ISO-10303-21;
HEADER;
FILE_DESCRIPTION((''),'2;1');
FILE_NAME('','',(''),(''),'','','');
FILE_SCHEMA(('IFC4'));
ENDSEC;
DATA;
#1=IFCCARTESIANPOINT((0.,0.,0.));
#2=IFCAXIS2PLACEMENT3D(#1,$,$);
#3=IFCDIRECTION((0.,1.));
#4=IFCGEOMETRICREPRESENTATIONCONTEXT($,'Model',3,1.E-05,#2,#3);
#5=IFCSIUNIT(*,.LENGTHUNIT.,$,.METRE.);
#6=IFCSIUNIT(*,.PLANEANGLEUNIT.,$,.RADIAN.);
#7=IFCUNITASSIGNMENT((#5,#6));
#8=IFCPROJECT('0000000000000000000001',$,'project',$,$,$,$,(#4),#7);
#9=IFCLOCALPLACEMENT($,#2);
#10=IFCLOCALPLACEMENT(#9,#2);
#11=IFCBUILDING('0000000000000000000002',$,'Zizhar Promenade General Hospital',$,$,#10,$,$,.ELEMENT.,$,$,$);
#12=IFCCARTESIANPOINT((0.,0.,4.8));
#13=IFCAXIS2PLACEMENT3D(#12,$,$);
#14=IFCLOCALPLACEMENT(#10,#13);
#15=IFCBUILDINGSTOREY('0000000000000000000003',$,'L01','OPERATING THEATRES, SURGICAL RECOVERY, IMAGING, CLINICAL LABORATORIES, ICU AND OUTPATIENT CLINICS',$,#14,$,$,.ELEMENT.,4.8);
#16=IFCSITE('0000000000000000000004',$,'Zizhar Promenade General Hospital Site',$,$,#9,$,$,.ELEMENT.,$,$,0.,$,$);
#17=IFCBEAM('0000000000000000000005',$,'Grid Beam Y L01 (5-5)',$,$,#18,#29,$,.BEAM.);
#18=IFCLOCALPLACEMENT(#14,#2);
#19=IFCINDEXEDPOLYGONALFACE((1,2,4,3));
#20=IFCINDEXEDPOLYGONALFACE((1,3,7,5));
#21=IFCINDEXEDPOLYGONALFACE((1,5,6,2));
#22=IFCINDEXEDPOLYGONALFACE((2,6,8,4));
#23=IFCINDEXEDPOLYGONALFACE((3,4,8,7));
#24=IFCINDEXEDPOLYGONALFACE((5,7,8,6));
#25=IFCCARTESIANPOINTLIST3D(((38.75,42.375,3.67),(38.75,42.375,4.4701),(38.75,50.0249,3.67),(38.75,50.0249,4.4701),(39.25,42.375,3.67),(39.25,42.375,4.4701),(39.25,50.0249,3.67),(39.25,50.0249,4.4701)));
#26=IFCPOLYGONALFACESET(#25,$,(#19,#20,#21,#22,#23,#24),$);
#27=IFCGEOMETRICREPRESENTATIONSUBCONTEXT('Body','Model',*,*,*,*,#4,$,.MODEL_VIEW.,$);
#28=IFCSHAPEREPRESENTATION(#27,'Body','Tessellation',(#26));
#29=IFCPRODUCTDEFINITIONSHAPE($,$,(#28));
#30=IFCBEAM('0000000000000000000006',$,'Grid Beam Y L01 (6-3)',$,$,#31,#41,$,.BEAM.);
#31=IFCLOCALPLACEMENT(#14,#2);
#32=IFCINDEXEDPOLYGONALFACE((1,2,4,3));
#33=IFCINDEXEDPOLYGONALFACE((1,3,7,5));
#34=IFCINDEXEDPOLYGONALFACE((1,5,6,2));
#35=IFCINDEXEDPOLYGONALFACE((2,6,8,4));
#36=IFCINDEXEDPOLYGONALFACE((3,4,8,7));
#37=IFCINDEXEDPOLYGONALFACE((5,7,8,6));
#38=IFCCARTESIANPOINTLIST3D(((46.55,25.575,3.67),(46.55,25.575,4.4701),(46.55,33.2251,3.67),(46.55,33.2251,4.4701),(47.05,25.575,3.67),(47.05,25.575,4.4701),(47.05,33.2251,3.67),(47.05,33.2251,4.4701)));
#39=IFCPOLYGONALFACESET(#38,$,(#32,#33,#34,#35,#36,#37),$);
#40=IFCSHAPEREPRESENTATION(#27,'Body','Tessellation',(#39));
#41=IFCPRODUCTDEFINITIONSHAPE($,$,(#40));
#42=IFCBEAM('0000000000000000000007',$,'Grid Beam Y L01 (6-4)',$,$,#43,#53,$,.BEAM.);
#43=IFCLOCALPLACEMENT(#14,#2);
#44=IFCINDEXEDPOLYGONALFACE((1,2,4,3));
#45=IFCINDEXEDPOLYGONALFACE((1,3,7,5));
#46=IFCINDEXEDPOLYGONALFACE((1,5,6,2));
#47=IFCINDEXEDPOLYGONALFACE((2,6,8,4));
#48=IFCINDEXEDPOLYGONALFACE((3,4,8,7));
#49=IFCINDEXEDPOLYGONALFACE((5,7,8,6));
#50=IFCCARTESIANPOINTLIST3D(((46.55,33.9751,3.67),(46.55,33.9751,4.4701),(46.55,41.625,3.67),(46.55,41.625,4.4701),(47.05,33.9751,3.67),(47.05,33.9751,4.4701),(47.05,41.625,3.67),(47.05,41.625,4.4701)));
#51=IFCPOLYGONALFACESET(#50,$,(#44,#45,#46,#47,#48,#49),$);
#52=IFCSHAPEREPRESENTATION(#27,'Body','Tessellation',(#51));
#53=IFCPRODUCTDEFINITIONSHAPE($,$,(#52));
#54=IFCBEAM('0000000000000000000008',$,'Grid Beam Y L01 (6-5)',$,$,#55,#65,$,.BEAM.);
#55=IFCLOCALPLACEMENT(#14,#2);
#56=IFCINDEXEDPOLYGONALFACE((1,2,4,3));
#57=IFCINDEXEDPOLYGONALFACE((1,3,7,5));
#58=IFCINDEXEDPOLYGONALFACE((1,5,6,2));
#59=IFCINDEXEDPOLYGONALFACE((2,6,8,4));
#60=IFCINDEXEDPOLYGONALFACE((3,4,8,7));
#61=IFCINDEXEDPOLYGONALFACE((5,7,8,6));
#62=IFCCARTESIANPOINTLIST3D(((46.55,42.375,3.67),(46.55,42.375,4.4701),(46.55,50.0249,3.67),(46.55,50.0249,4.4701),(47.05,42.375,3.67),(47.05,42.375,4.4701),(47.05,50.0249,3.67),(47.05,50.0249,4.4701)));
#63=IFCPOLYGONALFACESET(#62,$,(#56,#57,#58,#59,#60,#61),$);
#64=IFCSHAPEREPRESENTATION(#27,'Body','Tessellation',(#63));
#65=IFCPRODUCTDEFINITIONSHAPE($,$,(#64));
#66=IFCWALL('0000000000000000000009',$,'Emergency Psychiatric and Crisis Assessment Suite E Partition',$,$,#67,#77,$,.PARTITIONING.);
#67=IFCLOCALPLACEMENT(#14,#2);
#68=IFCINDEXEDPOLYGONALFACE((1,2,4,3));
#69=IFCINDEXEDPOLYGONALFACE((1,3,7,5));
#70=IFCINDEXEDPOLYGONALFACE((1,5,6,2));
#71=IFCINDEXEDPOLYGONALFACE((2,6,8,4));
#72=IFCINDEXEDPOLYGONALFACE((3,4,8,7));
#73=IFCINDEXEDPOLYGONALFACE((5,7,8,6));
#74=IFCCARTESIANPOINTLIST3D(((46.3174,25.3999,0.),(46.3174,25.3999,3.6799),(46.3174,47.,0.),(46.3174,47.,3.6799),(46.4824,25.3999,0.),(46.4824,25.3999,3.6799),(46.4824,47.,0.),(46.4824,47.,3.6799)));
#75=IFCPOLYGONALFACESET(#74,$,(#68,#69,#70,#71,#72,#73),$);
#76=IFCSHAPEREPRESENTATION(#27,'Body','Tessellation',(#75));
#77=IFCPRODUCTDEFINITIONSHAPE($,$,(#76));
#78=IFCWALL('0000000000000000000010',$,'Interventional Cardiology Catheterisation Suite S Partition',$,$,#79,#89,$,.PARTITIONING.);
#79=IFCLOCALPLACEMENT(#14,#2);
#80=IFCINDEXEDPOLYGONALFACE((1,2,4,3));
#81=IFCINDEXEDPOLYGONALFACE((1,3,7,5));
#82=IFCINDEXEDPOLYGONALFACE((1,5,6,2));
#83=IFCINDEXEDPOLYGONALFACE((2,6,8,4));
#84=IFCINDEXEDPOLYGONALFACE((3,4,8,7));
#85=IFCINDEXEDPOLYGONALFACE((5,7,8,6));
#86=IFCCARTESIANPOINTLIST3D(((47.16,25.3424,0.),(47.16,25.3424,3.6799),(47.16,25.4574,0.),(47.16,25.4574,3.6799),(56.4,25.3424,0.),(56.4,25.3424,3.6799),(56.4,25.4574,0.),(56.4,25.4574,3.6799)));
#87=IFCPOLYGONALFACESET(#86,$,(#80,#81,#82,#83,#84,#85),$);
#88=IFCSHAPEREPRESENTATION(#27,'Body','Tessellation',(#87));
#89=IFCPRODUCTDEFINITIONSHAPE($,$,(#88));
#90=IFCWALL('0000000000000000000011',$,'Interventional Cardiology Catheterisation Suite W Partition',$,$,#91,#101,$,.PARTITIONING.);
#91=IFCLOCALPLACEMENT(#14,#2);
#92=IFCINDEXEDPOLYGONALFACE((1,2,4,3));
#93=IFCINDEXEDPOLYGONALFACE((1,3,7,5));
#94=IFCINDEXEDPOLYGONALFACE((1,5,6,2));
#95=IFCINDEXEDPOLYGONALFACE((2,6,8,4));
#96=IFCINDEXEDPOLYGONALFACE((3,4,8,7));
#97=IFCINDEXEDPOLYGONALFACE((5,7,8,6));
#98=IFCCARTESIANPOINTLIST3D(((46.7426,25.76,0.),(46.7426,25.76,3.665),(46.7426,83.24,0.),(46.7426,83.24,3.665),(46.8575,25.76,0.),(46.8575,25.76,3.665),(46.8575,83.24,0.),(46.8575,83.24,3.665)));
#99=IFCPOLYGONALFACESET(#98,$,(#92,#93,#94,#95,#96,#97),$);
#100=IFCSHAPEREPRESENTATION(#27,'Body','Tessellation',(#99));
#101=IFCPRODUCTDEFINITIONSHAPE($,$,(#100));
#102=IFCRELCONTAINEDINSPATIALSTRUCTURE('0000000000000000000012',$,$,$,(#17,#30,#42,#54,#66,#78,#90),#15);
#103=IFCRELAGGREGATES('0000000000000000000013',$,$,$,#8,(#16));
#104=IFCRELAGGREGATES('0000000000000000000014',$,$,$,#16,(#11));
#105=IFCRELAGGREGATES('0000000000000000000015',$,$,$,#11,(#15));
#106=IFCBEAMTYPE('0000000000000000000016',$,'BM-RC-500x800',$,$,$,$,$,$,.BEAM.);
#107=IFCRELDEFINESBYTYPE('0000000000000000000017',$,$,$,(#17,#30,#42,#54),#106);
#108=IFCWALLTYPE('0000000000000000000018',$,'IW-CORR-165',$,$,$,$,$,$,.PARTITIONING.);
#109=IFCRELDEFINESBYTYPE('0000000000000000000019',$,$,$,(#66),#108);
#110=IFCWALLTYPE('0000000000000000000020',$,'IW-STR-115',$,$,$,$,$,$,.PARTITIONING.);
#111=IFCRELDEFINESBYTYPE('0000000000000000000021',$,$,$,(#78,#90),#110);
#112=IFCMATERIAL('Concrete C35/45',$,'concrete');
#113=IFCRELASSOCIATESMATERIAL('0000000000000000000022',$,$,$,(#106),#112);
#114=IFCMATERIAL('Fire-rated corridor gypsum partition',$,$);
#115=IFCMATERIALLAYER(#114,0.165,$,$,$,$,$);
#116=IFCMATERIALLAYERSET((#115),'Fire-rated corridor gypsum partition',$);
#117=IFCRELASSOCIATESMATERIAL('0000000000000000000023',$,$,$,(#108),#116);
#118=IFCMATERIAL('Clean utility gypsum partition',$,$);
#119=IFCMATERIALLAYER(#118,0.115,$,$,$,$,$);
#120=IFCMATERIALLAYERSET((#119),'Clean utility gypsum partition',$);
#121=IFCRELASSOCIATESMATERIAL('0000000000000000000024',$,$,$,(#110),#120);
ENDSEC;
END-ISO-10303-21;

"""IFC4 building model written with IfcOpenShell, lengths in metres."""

from ifc_helpers import new_model, si_unit, direction, frame, frame_2d, origin, origin_2d, place, context, subcontext, project, spatial, rectangle, extrude, material, layer, layer_set, material_profile, profile_set, type_object, element, save


model = new_model("IFC4")

# Units and contexts
model_context = context("Model", 3, precision=1e-05, world=origin(), true_north=direction((0.0, 1.0)))
body_context = subcontext(model_context, "Body", "Model", "MODEL_VIEW")
ifc_project = project(units=[si_unit("LENGTHUNIT", "METRE"), si_unit("PLANEANGLEUNIT", "RADIAN")], contexts=[model_context])

# Site, building, storey
site_placement = place(None, origin())
site = spatial("IfcSite", under=ifc_project, at=site_placement, Name="Zizhar Promenade General Hospital Site", CompositionType="ELEMENT", RefElevation=0.0)
building_placement = place(site_placement, origin())
building = spatial("IfcBuilding", under=site, at=building_placement, Name="Zizhar Promenade General Hospital", CompositionType="ELEMENT")
storey_placement = place(building_placement, frame((0.0, 0.0, 4.8)))
storey = spatial("IfcBuildingStorey", under=building, at=storey_placement, Name="L01", Description="OPERATING THEATRES, SURGICAL RECOVERY, IMAGING, CLINICAL LABORATORIES, ICU AND OUTPATIENT CLINICS", CompositionType="ELEMENT", Elevation=4.8)

# Beams
ifc_material_1 = material(Name="Concrete C35/45", Category="concrete")
ifc_material_profile_1 = material_profile(ifc_material_1, rectangle(XDim=0.5, YDim=0.8, at=origin_2d()))
ifc_profile_set_1 = profile_set([ifc_material_profile_1], Name="Concrete C35/45")
beam_type_1 = type_object("IfcBeamType", Name="BM-RC-500x800", PredefinedType="BEAM", material=ifc_profile_set_1)
for number, where, z_axis, x_axis, name in (
    (1, (39.0, 42.375, 4.0701), (0.0, 1.0, 0.0), (-1.0, 0.0, 0.0), "Grid Beam Y L01 (5-5)"),
):
    element("IfcBeam", number, at=place(storey_placement, frame(where, z_axis=z_axis, x_axis=x_axis)), inside=storey, type_object=beam_type_1, Name=name, PredefinedType="BEAM", context=body_context, shape_type="SweptSolid", body=[
        extrude(rectangle(XDim=0.5, YDim=0.8, at=origin_2d()), origin(), (0.0, 0.0, 1.0), 7.6499),
    ])
beam_1_placement = place(storey_placement, frame((46.8, 25.575, 4.0701), z_axis=(0.0, 1.0, 0.0), x_axis=(-1.0, 0.0, 0.0)))
element("IfcBeam", 2, at=beam_1_placement, inside=storey, type_object=beam_type_1, Name="Grid Beam Y L01 (6-3)", PredefinedType="BEAM", context=body_context, shape_type="SweptSolid", body=[
    extrude(rectangle(XDim=0.5, YDim=0.8, at=origin_2d()), origin(), (0.0, 0.0, 1.0), 7.6501),
])
for number, where, z_axis, x_axis, name in (
    (3, (46.8, 33.9751, 4.0701), (0.0, 1.0, 0.0), (-1.0, 0.0, 0.0), "Grid Beam Y L01 (6-4)"),
    (4, (46.8, 42.375, 4.0701), (0.0, 1.0, 0.0), (-1.0, 0.0, 0.0), "Grid Beam Y L01 (6-5)"),
):
    element("IfcBeam", number, at=place(storey_placement, frame(where, z_axis=z_axis, x_axis=x_axis)), inside=storey, type_object=beam_type_1, Name=name, PredefinedType="BEAM", context=body_context, shape_type="SweptSolid", body=[
        extrude(rectangle(XDim=0.5, YDim=0.8, at=origin_2d()), origin(), (0.0, 0.0, 1.0), 7.6499),
    ])

# Walls
ifc_material_2 = material(Name="Fire-rated corridor gypsum partition")
ifc_layer_1 = layer(ifc_material_2, 0.165)
ifc_layer_set_1 = layer_set([ifc_layer_1], Name="Fire-rated corridor gypsum partition")
wall_type_1 = type_object("IfcWallType", Name="IW-CORR-165", PredefinedType="PARTITIONING", material=ifc_layer_set_1)
wall_1_placement = place(storey_placement, frame((46.3999, 25.3999, 0.0), z_axis=(0.0, 0.0, 1.0), x_axis=(0.0, 1.0, 0.0)))
element("IfcWall", 5, at=wall_1_placement, inside=storey, type_object=wall_type_1, Name="Emergency Psychiatric and Crisis Assessment Suite E Partition", PredefinedType="PARTITIONING", context=body_context, shape_type="SweptSolid", body=[
    extrude(rectangle(XDim=21.6001, YDim=0.165, at=frame_2d((10.8, 0.0))), origin(), (0.0, 0.0, 1.0), 3.6799),
])
ifc_material_3 = material(Name="Clean utility gypsum partition")
ifc_layer_2 = layer(ifc_material_3, 0.115)
ifc_layer_set_2 = layer_set([ifc_layer_2], Name="Clean utility gypsum partition")
wall_type_2 = type_object("IfcWallType", Name="IW-STR-115", PredefinedType="PARTITIONING", material=ifc_layer_set_2)
wall_2_placement = place(storey_placement, frame((47.1599, 25.3999, 0.0), z_axis=(0.0, 0.0, 1.0), x_axis=(1.0, 0.0, 0.0)))
element("IfcWall", 6, at=wall_2_placement, inside=storey, type_object=wall_type_2, Name="Interventional Cardiology Catheterisation Suite S Partition", PredefinedType="PARTITIONING", context=body_context, shape_type="SweptSolid", body=[
    extrude(rectangle(XDim=9.24, YDim=0.115, at=frame_2d((4.6201, 0.0))), origin(), (0.0, 0.0, 1.0), 3.6799),
])
wall_3_placement = place(storey_placement, frame((46.8, 25.76, 0.0), z_axis=(0.0, 0.0, 1.0), x_axis=(0.0, 1.0, 0.0)))
element("IfcWall", 7, at=wall_3_placement, inside=storey, type_object=wall_type_2, Name="Interventional Cardiology Catheterisation Suite W Partition", PredefinedType="PARTITIONING", context=body_context, shape_type="SweptSolid", body=[
    extrude(rectangle(XDim=57.48, YDim=0.115, at=frame_2d((28.74, 0.0))), origin(), (0.0, 0.0, 1.0), 3.665),
])

save(model, "model.ifc")
